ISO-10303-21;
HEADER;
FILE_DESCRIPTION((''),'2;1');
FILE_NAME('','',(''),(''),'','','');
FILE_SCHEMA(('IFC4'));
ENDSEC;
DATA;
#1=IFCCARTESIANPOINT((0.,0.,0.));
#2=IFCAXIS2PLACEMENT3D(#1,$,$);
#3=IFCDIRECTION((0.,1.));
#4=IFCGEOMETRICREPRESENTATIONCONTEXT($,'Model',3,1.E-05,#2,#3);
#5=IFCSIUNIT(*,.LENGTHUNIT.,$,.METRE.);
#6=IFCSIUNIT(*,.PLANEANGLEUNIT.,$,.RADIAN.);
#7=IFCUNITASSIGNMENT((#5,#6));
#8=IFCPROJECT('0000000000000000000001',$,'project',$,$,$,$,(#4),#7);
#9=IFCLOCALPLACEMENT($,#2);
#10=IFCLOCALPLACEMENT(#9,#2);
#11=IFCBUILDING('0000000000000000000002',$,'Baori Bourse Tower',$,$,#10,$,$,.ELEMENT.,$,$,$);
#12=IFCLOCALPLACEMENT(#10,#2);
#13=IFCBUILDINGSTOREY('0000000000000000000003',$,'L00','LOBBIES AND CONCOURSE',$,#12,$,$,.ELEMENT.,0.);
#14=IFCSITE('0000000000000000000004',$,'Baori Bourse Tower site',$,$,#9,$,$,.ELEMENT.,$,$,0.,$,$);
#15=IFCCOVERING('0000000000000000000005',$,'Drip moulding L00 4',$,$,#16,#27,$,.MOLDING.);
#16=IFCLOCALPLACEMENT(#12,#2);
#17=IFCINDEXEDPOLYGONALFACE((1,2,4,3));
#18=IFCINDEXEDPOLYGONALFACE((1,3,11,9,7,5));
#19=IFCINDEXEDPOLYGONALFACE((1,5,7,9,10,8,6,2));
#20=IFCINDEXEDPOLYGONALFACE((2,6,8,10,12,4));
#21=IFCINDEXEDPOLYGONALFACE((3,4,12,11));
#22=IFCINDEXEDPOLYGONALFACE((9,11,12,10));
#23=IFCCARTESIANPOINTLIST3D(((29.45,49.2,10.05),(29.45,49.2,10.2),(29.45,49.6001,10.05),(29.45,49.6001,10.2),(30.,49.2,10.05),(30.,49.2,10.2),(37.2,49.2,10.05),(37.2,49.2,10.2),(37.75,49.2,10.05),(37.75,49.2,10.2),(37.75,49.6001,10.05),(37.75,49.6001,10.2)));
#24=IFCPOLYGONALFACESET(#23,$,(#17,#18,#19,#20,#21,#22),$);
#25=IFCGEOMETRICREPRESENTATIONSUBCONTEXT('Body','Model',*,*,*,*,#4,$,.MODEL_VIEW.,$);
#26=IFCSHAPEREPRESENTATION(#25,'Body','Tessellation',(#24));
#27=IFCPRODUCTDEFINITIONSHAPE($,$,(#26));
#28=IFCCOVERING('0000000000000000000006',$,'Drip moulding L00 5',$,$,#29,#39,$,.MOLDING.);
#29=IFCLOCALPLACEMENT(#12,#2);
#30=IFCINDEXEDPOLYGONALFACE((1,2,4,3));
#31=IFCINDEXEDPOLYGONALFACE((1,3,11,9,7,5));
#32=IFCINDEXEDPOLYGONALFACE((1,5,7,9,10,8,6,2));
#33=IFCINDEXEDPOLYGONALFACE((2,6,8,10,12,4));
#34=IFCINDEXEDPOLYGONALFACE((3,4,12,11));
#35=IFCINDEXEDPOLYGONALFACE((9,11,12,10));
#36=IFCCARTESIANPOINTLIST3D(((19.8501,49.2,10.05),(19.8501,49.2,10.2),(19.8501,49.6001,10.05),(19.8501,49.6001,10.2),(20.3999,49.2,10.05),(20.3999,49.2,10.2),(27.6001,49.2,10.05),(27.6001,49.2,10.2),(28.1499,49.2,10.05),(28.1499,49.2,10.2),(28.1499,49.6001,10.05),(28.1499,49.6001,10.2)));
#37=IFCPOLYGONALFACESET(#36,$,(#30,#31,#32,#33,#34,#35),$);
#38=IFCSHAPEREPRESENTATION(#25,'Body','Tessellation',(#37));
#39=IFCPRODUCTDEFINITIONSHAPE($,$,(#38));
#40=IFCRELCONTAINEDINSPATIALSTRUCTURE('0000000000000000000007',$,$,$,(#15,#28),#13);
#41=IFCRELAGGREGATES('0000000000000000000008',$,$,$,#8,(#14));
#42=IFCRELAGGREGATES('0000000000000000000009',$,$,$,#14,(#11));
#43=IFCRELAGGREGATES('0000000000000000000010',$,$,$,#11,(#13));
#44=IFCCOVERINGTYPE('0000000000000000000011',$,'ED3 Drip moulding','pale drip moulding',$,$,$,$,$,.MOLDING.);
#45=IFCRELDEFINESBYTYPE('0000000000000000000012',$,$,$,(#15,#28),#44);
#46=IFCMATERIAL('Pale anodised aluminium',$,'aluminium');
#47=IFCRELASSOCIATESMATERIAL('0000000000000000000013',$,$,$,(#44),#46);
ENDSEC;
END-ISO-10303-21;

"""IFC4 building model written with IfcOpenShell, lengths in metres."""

from ifc_helpers import new_model, si_unit, direction, frame, origin, place, context, subcontext, project, spatial, polyline, outline, extrude, material, type_object, element, save


model = new_model("IFC4")

# Units and contexts
model_context = context("Model", 3, precision=1e-05, world=origin(), true_north=direction((0.0, 1.0)))
body_context = subcontext(model_context, "Body", "Model", "MODEL_VIEW")
ifc_project = project(units=[si_unit("LENGTHUNIT", "METRE"), si_unit("PLANEANGLEUNIT", "RADIAN")], contexts=[model_context])

# Site, building, storey
site_placement = place(None, origin())
site = spatial("IfcSite", under=ifc_project, at=site_placement, Name="Baori Bourse Tower site", CompositionType="ELEMENT", RefElevation=0.0)
building_placement = place(site_placement, origin())
building = spatial("IfcBuilding", under=site, at=building_placement, Name="Baori Bourse Tower", CompositionType="ELEMENT")
storey_placement = place(building_placement, origin())
storey = spatial("IfcBuildingStorey", under=building, at=storey_placement, Name="L00", Description="LOBBIES AND CONCOURSE", CompositionType="ELEMENT", Elevation=0.0)

# Coverings
ifc_material_1 = material(Name="Pale anodised aluminium", Category="aluminium")
covering_type = type_object("IfcCoveringType", Name="ED3 Drip moulding", Description="pale drip moulding", PredefinedType="MOLDING", material=ifc_material_1)
covering_1_placement = place(storey_placement, frame((0.0, 0.0, 10.05)))
element("IfcCovering", 1, at=covering_1_placement, inside=storey, type_object=covering_type, Name="Drip moulding L00 4", PredefinedType="MOLDING", context=body_context, shape_type="SweptSolid", body=[
    extrude(outline(polyline([(37.2, 49.2), (37.75, 49.2), (37.75, 49.6001), (29.45, 49.6001), (29.45, 49.2), (30.0, 49.2), (37.2, 49.2)])), origin(), (0.0, 0.0, 1.0), 0.1499),
])
covering_2_placement = place(storey_placement, frame((0.0, 0.0, 10.05)))
element("IfcCovering", 2, at=covering_2_placement, inside=storey, type_object=covering_type, Name="Drip moulding L00 5", PredefinedType="MOLDING", context=body_context, shape_type="SweptSolid", body=[
    extrude(outline(polyline([(27.6001, 49.2), (28.1499, 49.2), (28.1499, 49.6001), (19.8501, 49.6001), (19.8501, 49.2), (20.3999, 49.2), (27.6001, 49.2)])), origin(), (0.0, 0.0, 1.0), 0.1499),
])

save(model, "model.ifc")
